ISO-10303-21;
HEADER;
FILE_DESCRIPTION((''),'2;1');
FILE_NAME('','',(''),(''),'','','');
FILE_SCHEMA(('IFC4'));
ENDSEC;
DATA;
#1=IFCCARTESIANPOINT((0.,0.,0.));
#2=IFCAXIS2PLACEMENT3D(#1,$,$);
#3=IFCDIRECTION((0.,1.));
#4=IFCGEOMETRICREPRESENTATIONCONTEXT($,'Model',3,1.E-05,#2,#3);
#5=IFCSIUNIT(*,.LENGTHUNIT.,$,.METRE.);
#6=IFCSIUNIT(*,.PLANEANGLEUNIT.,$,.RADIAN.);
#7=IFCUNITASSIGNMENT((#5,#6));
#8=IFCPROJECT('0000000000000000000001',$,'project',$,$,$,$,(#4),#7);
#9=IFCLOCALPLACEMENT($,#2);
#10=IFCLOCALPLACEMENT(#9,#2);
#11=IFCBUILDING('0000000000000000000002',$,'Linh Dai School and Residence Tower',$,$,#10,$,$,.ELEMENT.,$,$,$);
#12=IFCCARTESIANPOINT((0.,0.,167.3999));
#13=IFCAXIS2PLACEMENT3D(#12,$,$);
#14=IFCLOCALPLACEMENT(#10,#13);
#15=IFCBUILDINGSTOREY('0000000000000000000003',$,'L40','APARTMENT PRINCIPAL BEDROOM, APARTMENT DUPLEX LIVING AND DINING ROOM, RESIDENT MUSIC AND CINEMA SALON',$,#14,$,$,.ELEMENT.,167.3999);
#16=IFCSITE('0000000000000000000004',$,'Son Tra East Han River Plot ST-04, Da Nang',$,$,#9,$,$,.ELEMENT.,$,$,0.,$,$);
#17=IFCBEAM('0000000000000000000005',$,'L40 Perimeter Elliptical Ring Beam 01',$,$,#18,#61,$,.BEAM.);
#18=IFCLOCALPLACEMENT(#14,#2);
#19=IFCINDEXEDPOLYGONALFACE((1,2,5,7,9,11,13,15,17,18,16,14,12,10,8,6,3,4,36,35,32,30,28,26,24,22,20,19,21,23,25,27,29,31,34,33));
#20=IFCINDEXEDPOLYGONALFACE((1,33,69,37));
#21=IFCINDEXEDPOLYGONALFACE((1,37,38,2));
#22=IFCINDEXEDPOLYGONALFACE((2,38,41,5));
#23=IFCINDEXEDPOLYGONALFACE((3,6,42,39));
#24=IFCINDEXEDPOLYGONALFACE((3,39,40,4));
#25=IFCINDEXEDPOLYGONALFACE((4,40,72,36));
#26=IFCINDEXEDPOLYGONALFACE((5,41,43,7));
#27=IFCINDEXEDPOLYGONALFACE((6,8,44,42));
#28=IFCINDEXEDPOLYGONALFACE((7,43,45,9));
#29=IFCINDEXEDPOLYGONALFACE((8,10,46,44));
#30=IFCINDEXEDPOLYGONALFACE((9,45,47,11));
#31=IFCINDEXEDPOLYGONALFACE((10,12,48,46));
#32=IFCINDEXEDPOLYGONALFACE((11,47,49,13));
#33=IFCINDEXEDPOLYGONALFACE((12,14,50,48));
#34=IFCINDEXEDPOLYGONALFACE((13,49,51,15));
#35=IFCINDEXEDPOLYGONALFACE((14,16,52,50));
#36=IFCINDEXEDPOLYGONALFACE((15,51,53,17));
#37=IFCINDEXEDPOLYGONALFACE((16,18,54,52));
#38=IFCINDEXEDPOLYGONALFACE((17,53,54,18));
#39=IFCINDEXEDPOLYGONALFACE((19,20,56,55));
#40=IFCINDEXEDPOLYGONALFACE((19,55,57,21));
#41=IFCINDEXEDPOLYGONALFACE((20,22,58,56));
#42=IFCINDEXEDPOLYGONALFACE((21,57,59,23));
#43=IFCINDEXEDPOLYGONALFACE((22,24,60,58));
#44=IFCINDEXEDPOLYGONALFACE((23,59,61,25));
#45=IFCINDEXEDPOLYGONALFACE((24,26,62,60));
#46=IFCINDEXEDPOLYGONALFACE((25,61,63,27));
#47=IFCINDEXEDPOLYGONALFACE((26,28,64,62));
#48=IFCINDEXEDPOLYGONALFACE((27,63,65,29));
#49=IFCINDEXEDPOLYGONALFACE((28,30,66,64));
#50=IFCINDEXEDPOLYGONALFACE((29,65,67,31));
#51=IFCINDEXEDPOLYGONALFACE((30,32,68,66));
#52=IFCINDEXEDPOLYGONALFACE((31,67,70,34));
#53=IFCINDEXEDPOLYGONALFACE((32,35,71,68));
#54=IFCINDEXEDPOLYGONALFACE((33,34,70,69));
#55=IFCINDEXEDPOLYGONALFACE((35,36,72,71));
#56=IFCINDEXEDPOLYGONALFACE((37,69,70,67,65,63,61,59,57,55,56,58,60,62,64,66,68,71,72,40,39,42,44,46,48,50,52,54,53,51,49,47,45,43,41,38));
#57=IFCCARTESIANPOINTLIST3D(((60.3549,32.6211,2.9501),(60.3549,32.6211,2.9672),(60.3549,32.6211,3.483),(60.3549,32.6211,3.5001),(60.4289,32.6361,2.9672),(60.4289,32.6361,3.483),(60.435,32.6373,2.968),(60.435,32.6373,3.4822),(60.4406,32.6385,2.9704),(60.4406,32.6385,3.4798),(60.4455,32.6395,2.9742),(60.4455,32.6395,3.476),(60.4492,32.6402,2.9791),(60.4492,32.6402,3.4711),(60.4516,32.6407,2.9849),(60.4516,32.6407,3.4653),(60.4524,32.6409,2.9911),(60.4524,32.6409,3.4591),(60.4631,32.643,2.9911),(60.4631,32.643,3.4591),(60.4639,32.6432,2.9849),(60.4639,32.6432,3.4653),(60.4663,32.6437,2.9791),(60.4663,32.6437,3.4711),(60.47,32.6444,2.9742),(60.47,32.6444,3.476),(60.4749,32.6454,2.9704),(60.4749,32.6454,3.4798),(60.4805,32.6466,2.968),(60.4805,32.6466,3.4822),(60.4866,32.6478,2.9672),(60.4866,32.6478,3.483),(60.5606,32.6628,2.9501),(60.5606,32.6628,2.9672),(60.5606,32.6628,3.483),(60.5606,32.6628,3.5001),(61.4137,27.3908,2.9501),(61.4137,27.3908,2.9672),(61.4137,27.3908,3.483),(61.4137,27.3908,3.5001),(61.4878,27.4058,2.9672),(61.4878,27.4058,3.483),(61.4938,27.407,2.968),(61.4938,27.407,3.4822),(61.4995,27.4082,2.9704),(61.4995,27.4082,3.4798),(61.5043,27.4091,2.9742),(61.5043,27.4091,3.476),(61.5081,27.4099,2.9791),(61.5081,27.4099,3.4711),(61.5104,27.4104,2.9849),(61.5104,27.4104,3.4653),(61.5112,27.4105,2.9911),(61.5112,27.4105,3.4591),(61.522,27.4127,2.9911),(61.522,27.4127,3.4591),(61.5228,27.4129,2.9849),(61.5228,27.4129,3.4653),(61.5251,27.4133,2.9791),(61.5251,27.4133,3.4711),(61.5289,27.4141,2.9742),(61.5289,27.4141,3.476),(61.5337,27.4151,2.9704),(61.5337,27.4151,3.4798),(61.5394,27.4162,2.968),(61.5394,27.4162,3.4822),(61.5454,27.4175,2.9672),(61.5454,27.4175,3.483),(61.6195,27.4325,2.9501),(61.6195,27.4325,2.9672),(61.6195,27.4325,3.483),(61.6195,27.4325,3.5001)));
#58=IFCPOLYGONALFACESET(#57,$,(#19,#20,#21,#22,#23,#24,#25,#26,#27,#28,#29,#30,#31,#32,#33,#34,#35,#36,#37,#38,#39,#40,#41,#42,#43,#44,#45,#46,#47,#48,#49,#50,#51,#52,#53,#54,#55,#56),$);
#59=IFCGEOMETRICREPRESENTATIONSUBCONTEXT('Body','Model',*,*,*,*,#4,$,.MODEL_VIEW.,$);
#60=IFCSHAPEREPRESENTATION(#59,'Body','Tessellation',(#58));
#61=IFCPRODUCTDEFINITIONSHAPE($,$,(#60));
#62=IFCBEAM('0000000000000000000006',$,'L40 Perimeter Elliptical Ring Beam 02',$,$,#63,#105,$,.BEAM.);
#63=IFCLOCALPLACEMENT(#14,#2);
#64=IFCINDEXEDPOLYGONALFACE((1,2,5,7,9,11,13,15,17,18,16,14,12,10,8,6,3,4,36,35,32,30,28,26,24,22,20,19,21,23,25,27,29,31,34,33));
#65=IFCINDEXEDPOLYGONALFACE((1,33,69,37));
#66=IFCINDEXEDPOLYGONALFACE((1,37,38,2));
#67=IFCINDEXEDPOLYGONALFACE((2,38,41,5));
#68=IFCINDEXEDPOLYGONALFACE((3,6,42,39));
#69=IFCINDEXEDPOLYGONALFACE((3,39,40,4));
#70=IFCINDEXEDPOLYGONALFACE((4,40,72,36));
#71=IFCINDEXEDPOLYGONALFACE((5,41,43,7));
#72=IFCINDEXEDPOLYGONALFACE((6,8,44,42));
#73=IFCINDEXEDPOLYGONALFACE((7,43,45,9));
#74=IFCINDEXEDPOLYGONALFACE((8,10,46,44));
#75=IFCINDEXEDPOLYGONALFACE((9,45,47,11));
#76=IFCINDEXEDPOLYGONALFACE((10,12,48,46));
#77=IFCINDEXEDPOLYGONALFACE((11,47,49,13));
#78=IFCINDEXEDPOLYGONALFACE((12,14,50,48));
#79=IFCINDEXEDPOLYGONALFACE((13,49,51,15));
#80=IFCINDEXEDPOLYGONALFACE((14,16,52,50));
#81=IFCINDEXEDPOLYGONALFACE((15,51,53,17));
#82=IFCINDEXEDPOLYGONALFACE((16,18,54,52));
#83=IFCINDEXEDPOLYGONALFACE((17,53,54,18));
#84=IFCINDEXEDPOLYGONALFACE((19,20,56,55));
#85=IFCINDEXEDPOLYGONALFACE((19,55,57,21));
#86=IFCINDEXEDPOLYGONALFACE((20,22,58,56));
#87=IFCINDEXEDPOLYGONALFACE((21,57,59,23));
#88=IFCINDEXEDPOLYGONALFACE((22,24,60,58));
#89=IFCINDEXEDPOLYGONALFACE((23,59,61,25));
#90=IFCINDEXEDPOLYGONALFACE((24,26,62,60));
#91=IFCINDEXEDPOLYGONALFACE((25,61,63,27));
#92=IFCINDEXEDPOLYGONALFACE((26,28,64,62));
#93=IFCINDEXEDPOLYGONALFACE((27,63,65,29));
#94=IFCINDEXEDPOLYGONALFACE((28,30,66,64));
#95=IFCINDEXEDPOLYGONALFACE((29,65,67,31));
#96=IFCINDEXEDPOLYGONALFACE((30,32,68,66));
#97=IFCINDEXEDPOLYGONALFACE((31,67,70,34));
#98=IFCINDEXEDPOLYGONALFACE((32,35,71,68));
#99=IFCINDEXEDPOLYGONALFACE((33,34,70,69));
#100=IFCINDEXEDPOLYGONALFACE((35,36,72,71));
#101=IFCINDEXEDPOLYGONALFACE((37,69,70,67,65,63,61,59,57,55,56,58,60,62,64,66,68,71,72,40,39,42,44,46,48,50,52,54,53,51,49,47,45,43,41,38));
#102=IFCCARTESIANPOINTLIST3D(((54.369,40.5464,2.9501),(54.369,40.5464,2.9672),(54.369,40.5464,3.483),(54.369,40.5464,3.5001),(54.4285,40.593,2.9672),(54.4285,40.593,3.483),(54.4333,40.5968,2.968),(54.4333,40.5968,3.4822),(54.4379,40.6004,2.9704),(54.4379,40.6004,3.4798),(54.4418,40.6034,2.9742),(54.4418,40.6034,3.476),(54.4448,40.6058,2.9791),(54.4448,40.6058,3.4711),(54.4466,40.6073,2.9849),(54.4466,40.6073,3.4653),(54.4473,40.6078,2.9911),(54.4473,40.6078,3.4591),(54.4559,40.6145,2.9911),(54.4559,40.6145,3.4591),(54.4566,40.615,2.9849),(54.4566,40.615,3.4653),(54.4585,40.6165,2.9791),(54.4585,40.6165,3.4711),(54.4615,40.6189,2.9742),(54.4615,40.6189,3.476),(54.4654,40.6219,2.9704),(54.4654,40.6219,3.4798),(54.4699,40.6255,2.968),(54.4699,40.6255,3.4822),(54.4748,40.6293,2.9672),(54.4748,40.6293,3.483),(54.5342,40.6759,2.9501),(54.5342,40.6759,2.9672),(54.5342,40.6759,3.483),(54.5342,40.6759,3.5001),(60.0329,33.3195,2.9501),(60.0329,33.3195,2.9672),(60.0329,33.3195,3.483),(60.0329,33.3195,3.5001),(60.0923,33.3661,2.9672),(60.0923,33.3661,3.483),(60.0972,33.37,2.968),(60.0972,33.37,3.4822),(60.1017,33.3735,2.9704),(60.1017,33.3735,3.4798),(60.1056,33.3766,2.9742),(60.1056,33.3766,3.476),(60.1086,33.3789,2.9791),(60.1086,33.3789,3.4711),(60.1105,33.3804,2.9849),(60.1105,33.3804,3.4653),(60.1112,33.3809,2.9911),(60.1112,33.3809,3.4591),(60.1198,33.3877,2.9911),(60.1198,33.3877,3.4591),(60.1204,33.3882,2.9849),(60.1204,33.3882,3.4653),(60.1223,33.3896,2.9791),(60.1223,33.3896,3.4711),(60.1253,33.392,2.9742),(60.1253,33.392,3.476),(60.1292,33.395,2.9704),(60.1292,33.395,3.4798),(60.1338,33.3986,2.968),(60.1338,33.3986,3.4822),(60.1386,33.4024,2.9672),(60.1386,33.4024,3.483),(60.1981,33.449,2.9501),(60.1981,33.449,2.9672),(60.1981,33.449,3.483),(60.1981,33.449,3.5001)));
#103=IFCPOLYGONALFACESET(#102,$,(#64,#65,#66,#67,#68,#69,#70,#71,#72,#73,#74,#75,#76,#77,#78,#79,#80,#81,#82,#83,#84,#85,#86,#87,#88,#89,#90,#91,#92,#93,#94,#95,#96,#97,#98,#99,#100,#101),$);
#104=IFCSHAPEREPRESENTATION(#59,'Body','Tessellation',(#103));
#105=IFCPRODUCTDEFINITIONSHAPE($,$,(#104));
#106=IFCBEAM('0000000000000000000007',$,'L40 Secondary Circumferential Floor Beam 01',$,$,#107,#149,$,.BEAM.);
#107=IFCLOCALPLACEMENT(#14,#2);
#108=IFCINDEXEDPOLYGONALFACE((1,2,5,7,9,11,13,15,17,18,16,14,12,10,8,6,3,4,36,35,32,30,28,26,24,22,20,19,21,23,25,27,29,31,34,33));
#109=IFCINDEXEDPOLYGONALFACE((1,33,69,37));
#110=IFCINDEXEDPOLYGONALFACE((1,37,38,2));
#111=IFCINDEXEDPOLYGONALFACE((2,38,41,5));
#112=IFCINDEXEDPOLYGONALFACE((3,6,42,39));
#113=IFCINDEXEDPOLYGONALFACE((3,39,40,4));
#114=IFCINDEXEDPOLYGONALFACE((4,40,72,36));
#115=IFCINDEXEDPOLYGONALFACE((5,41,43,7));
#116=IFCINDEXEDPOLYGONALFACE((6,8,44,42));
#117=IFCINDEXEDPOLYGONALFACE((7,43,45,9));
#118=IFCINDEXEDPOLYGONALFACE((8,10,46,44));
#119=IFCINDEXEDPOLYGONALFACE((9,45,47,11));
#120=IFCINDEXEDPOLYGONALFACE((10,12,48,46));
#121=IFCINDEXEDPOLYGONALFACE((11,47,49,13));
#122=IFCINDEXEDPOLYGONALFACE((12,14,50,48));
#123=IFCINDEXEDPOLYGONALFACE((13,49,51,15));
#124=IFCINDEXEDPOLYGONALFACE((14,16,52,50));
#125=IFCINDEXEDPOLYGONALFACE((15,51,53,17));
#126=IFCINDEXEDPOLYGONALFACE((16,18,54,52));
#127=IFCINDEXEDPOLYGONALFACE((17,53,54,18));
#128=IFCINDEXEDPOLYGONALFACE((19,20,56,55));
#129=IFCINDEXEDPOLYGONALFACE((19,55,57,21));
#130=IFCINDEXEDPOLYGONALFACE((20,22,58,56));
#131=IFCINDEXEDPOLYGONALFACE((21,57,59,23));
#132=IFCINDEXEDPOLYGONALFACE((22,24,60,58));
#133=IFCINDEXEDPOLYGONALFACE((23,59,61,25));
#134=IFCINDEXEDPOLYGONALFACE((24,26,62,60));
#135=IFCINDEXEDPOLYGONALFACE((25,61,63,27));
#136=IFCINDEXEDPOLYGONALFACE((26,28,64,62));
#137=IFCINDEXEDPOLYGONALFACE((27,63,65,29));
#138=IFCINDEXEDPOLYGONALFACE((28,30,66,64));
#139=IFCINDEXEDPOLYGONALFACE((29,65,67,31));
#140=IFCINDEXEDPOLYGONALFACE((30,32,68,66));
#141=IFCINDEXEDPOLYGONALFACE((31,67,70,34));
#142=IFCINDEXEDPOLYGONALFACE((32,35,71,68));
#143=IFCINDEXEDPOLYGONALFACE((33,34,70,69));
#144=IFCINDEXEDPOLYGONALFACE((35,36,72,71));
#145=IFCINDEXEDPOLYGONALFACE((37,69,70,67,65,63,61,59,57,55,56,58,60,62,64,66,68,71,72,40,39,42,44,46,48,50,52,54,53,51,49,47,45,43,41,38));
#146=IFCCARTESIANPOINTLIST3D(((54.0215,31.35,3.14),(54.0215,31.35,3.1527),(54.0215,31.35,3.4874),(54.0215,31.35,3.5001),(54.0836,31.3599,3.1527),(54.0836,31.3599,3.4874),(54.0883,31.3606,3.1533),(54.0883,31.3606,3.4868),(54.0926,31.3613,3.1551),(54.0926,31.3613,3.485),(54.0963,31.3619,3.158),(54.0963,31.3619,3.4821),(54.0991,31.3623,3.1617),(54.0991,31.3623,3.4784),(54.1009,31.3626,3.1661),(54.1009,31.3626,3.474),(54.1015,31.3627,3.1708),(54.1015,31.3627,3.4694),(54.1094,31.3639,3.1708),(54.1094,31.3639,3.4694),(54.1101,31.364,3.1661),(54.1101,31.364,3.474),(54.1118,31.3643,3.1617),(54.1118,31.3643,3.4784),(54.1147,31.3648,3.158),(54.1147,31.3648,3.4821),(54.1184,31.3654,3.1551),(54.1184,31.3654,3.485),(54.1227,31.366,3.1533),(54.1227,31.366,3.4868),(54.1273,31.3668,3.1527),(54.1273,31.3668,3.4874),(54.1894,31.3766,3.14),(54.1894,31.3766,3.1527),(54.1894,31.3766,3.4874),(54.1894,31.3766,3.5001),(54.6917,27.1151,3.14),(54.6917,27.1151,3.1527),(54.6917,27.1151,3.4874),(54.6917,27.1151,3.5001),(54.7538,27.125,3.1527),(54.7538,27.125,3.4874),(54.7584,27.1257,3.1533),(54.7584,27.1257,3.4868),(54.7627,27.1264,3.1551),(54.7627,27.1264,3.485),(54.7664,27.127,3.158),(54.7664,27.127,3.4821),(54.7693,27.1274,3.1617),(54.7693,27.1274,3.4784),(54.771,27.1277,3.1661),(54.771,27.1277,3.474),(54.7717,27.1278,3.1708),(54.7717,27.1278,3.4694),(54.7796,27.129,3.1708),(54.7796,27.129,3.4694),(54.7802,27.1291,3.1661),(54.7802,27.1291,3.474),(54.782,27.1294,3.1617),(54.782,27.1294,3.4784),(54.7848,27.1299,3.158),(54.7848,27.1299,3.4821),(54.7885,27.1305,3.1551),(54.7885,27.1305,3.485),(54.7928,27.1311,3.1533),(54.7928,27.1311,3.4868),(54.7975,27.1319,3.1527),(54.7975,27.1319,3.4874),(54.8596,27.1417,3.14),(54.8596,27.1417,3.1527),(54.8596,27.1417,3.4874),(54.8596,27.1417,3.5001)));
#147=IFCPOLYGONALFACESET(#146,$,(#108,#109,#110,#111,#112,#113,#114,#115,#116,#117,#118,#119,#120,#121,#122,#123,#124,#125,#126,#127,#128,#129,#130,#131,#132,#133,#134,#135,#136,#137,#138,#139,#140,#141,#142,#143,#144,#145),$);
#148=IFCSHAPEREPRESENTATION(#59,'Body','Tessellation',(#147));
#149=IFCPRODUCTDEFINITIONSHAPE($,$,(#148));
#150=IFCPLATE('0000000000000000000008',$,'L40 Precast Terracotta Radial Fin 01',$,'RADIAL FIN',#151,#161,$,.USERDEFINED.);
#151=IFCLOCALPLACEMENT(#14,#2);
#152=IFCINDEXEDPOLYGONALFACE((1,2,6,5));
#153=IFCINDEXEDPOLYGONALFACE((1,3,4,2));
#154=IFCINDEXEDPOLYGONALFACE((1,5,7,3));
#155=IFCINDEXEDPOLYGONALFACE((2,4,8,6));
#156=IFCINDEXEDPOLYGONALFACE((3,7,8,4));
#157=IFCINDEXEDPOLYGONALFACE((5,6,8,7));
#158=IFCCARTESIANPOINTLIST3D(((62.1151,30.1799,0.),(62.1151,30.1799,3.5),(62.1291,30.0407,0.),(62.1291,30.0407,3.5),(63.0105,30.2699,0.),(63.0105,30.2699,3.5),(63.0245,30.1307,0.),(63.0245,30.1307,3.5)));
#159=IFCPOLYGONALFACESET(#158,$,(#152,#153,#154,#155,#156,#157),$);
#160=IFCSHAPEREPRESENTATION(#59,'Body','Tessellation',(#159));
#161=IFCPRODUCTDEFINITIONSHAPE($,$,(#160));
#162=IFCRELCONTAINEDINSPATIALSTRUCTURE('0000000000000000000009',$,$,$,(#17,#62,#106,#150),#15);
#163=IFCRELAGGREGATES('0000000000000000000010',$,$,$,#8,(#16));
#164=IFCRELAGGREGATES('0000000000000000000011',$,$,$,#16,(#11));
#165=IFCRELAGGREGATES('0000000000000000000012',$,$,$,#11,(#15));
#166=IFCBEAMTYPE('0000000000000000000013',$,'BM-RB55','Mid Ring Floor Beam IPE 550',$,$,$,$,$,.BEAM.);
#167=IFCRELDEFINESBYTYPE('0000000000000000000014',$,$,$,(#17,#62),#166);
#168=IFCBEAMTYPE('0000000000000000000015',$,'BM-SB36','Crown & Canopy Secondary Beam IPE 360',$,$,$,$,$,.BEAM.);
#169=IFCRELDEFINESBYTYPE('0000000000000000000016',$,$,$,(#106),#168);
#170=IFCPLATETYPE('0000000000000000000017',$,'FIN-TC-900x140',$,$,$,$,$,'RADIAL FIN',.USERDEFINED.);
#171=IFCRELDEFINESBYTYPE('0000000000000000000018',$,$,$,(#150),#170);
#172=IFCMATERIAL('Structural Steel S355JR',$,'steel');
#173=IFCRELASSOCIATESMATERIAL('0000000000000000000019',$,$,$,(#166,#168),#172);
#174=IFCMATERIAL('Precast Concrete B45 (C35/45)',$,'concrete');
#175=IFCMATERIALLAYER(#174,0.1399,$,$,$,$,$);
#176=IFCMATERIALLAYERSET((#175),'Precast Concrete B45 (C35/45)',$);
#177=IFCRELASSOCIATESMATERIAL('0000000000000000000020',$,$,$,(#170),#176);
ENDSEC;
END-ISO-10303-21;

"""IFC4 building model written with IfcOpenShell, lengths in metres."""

from ifc_helpers import new_model, si_unit, direction, frame, origin, origin_2d, place, context, subcontext, project, spatial, rectangle, i_section, extrude, source, transform, mapped, material, layer, layer_set, material_profile, profile_set, type_object, element, save


model = new_model("IFC4")

# Units and contexts
model_context = context("Model", 3, precision=1e-05, world=origin(), true_north=direction((0.0, 1.0)))
body_context = subcontext(model_context, "Body", "Model", "MODEL_VIEW")
ifc_project = project(units=[si_unit("LENGTHUNIT", "METRE"), si_unit("PLANEANGLEUNIT", "RADIAN")], contexts=[model_context])

# Site, building, storey
site_placement = place(None, origin())
site = spatial("IfcSite", under=ifc_project, at=site_placement, Name="Son Tra East Han River Plot ST-04, Da Nang", CompositionType="ELEMENT", RefElevation=0.0)
building_placement = place(site_placement, origin())
building = spatial("IfcBuilding", under=site, at=building_placement, Name="Linh Dai School and Residence Tower", CompositionType="ELEMENT")
storey_placement = place(building_placement, frame((0.0, 0.0, 167.3999)))
storey = spatial("IfcBuildingStorey", under=building, at=storey_placement, Name="L40", Description="APARTMENT PRINCIPAL BEDROOM, APARTMENT DUPLEX LIVING AND DINING ROOM, RESIDENT MUSIC AND CINEMA SALON", CompositionType="ELEMENT", Elevation=167.3999)

# Shared definitions
ifc_material_1 = material(Name="Structural Steel S355JR", Category="steel")

# Beams
ifc_material_profile_1 = material_profile(ifc_material_1, i_section(OverallWidth=0.21, OverallDepth=0.55, WebThickness=0.011, FlangeThickness=0.0171, FilletRadius=0.0239, at=origin_2d()), Name="IPE 550")
ifc_profile_set_1 = profile_set([ifc_material_profile_1], Name="Structural Steel S355JR")
beam_type_1 = type_object("IfcBeamType", Name="BM-RB55", Description="Mid Ring Floor Beam IPE 550", PredefinedType="BEAM", material=ifc_profile_set_1)
beam_1_placement = place(storey_placement, frame((61.5166, 27.4116, 3.2251), z_axis=(-0.198421, 0.980117, 0.0), x_axis=(-0.980117, -0.198421, 0.0)))
element("IfcBeam", 1, at=beam_1_placement, inside=storey, type_object=beam_type_1, Name="L40 Perimeter Elliptical Ring Beam 01", PredefinedType="BEAM", context=body_context, shape_type="SweptSolid", body=[
    extrude(i_section(OverallWidth=0.21, OverallDepth=0.55, WebThickness=0.011, FlangeThickness=0.0171, FilletRadius=0.0239, at=origin_2d()), origin(), (0.0, 0.0, 1.0), 5.3364),
])
beam_2_placement = place(storey_placement, frame((60.1155, 33.3843, 3.2251), z_axis=(-0.616852, 0.787079, 0.0), x_axis=(-0.787079, -0.616852, 0.0)))
element("IfcBeam", 2, at=beam_2_placement, inside=storey, type_object=beam_type_1, Name="L40 Perimeter Elliptical Ring Beam 02", PredefinedType="BEAM", context=body_context, shape_type="SweptSolid", body=[
    extrude(i_section(OverallWidth=0.21, OverallDepth=0.55, WebThickness=0.011, FlangeThickness=0.0171, FilletRadius=0.0239, at=origin_2d()), origin(), (0.0, 0.0, 1.0), 9.1819),
])
ifc_material_profile_2 = material_profile(ifc_material_1, i_section(OverallWidth=0.1699, OverallDepth=0.3601, WebThickness=0.0081, FlangeThickness=0.0127, FilletRadius=0.0181, at=origin_2d()), Name="IPE 360")
ifc_profile_set_2 = profile_set([ifc_material_profile_2], Name="Structural Steel S355JR")
beam_type_2 = type_object("IfcBeamType", Name="BM-SB36", Description="Crown & Canopy Secondary Beam IPE 360", PredefinedType="BEAM", material=ifc_profile_set_2)
beam_3_placement = place(storey_placement, frame((54.7756, 27.1284, 3.3201), z_axis=(-0.156305, 0.987709, 0.0), x_axis=(-0.987709, -0.156305, 0.0)))
element("IfcBeam", 3, at=beam_3_placement, inside=storey, type_object=beam_type_2, Name="L40 Secondary Circumferential Floor Beam 01", PredefinedType="BEAM", context=body_context, shape_type="SweptSolid", body=[
    extrude(i_section(OverallWidth=0.1699, OverallDepth=0.3601, WebThickness=0.0081, FlangeThickness=0.0127, FilletRadius=0.0181, at=origin_2d()), origin(), (0.0, 0.0, 1.0), 4.2876),
])

# Plate
ifc_material_2 = material(Name="Precast Concrete B45 (C35/45)", Category="concrete")
ifc_layer_1 = layer(ifc_material_2, 0.1399)
ifc_layer_set_1 = layer_set([ifc_layer_1], Name="Precast Concrete B45 (C35/45)")
plate_type = type_object("IfcPlateType", Name="FIN-TC-900x140", ElementType="RADIAL FIN", PredefinedType="USERDEFINED", material=ifc_layer_set_1)
shared_shape_1 = source(origin(), body_context, "Body", "SweptSolid", [
    extrude(rectangle(XDim=0.8999, YDim=0.1399, at=origin_2d()), origin(), (0.0, 0.0, 1.0), 3.5),
])
plate_placement = place(storey_placement, frame((62.5698, 30.1553, 0.0), z_axis=(0.0, 0.0, 1.0), x_axis=(0.994987, 0.100002, 0.0)))
element("IfcPlate", 4, at=plate_placement, inside=storey, type_object=plate_type, Name="L40 Precast Terracotta Radial Fin 01", ObjectType="RADIAL FIN", PredefinedType="USERDEFINED", context=body_context, shape_type="MappedRepresentation", body=[
    mapped(shared_shape_1, transform((0.0, 0.0, 0.0), x_axis=(1.0, 0.0, 0.0), y_axis=(0.0, 1.0, 0.0), z_axis=(0.0, 0.0, 1.0), scale=1.0)),
])

save(model, "model.ifc")
